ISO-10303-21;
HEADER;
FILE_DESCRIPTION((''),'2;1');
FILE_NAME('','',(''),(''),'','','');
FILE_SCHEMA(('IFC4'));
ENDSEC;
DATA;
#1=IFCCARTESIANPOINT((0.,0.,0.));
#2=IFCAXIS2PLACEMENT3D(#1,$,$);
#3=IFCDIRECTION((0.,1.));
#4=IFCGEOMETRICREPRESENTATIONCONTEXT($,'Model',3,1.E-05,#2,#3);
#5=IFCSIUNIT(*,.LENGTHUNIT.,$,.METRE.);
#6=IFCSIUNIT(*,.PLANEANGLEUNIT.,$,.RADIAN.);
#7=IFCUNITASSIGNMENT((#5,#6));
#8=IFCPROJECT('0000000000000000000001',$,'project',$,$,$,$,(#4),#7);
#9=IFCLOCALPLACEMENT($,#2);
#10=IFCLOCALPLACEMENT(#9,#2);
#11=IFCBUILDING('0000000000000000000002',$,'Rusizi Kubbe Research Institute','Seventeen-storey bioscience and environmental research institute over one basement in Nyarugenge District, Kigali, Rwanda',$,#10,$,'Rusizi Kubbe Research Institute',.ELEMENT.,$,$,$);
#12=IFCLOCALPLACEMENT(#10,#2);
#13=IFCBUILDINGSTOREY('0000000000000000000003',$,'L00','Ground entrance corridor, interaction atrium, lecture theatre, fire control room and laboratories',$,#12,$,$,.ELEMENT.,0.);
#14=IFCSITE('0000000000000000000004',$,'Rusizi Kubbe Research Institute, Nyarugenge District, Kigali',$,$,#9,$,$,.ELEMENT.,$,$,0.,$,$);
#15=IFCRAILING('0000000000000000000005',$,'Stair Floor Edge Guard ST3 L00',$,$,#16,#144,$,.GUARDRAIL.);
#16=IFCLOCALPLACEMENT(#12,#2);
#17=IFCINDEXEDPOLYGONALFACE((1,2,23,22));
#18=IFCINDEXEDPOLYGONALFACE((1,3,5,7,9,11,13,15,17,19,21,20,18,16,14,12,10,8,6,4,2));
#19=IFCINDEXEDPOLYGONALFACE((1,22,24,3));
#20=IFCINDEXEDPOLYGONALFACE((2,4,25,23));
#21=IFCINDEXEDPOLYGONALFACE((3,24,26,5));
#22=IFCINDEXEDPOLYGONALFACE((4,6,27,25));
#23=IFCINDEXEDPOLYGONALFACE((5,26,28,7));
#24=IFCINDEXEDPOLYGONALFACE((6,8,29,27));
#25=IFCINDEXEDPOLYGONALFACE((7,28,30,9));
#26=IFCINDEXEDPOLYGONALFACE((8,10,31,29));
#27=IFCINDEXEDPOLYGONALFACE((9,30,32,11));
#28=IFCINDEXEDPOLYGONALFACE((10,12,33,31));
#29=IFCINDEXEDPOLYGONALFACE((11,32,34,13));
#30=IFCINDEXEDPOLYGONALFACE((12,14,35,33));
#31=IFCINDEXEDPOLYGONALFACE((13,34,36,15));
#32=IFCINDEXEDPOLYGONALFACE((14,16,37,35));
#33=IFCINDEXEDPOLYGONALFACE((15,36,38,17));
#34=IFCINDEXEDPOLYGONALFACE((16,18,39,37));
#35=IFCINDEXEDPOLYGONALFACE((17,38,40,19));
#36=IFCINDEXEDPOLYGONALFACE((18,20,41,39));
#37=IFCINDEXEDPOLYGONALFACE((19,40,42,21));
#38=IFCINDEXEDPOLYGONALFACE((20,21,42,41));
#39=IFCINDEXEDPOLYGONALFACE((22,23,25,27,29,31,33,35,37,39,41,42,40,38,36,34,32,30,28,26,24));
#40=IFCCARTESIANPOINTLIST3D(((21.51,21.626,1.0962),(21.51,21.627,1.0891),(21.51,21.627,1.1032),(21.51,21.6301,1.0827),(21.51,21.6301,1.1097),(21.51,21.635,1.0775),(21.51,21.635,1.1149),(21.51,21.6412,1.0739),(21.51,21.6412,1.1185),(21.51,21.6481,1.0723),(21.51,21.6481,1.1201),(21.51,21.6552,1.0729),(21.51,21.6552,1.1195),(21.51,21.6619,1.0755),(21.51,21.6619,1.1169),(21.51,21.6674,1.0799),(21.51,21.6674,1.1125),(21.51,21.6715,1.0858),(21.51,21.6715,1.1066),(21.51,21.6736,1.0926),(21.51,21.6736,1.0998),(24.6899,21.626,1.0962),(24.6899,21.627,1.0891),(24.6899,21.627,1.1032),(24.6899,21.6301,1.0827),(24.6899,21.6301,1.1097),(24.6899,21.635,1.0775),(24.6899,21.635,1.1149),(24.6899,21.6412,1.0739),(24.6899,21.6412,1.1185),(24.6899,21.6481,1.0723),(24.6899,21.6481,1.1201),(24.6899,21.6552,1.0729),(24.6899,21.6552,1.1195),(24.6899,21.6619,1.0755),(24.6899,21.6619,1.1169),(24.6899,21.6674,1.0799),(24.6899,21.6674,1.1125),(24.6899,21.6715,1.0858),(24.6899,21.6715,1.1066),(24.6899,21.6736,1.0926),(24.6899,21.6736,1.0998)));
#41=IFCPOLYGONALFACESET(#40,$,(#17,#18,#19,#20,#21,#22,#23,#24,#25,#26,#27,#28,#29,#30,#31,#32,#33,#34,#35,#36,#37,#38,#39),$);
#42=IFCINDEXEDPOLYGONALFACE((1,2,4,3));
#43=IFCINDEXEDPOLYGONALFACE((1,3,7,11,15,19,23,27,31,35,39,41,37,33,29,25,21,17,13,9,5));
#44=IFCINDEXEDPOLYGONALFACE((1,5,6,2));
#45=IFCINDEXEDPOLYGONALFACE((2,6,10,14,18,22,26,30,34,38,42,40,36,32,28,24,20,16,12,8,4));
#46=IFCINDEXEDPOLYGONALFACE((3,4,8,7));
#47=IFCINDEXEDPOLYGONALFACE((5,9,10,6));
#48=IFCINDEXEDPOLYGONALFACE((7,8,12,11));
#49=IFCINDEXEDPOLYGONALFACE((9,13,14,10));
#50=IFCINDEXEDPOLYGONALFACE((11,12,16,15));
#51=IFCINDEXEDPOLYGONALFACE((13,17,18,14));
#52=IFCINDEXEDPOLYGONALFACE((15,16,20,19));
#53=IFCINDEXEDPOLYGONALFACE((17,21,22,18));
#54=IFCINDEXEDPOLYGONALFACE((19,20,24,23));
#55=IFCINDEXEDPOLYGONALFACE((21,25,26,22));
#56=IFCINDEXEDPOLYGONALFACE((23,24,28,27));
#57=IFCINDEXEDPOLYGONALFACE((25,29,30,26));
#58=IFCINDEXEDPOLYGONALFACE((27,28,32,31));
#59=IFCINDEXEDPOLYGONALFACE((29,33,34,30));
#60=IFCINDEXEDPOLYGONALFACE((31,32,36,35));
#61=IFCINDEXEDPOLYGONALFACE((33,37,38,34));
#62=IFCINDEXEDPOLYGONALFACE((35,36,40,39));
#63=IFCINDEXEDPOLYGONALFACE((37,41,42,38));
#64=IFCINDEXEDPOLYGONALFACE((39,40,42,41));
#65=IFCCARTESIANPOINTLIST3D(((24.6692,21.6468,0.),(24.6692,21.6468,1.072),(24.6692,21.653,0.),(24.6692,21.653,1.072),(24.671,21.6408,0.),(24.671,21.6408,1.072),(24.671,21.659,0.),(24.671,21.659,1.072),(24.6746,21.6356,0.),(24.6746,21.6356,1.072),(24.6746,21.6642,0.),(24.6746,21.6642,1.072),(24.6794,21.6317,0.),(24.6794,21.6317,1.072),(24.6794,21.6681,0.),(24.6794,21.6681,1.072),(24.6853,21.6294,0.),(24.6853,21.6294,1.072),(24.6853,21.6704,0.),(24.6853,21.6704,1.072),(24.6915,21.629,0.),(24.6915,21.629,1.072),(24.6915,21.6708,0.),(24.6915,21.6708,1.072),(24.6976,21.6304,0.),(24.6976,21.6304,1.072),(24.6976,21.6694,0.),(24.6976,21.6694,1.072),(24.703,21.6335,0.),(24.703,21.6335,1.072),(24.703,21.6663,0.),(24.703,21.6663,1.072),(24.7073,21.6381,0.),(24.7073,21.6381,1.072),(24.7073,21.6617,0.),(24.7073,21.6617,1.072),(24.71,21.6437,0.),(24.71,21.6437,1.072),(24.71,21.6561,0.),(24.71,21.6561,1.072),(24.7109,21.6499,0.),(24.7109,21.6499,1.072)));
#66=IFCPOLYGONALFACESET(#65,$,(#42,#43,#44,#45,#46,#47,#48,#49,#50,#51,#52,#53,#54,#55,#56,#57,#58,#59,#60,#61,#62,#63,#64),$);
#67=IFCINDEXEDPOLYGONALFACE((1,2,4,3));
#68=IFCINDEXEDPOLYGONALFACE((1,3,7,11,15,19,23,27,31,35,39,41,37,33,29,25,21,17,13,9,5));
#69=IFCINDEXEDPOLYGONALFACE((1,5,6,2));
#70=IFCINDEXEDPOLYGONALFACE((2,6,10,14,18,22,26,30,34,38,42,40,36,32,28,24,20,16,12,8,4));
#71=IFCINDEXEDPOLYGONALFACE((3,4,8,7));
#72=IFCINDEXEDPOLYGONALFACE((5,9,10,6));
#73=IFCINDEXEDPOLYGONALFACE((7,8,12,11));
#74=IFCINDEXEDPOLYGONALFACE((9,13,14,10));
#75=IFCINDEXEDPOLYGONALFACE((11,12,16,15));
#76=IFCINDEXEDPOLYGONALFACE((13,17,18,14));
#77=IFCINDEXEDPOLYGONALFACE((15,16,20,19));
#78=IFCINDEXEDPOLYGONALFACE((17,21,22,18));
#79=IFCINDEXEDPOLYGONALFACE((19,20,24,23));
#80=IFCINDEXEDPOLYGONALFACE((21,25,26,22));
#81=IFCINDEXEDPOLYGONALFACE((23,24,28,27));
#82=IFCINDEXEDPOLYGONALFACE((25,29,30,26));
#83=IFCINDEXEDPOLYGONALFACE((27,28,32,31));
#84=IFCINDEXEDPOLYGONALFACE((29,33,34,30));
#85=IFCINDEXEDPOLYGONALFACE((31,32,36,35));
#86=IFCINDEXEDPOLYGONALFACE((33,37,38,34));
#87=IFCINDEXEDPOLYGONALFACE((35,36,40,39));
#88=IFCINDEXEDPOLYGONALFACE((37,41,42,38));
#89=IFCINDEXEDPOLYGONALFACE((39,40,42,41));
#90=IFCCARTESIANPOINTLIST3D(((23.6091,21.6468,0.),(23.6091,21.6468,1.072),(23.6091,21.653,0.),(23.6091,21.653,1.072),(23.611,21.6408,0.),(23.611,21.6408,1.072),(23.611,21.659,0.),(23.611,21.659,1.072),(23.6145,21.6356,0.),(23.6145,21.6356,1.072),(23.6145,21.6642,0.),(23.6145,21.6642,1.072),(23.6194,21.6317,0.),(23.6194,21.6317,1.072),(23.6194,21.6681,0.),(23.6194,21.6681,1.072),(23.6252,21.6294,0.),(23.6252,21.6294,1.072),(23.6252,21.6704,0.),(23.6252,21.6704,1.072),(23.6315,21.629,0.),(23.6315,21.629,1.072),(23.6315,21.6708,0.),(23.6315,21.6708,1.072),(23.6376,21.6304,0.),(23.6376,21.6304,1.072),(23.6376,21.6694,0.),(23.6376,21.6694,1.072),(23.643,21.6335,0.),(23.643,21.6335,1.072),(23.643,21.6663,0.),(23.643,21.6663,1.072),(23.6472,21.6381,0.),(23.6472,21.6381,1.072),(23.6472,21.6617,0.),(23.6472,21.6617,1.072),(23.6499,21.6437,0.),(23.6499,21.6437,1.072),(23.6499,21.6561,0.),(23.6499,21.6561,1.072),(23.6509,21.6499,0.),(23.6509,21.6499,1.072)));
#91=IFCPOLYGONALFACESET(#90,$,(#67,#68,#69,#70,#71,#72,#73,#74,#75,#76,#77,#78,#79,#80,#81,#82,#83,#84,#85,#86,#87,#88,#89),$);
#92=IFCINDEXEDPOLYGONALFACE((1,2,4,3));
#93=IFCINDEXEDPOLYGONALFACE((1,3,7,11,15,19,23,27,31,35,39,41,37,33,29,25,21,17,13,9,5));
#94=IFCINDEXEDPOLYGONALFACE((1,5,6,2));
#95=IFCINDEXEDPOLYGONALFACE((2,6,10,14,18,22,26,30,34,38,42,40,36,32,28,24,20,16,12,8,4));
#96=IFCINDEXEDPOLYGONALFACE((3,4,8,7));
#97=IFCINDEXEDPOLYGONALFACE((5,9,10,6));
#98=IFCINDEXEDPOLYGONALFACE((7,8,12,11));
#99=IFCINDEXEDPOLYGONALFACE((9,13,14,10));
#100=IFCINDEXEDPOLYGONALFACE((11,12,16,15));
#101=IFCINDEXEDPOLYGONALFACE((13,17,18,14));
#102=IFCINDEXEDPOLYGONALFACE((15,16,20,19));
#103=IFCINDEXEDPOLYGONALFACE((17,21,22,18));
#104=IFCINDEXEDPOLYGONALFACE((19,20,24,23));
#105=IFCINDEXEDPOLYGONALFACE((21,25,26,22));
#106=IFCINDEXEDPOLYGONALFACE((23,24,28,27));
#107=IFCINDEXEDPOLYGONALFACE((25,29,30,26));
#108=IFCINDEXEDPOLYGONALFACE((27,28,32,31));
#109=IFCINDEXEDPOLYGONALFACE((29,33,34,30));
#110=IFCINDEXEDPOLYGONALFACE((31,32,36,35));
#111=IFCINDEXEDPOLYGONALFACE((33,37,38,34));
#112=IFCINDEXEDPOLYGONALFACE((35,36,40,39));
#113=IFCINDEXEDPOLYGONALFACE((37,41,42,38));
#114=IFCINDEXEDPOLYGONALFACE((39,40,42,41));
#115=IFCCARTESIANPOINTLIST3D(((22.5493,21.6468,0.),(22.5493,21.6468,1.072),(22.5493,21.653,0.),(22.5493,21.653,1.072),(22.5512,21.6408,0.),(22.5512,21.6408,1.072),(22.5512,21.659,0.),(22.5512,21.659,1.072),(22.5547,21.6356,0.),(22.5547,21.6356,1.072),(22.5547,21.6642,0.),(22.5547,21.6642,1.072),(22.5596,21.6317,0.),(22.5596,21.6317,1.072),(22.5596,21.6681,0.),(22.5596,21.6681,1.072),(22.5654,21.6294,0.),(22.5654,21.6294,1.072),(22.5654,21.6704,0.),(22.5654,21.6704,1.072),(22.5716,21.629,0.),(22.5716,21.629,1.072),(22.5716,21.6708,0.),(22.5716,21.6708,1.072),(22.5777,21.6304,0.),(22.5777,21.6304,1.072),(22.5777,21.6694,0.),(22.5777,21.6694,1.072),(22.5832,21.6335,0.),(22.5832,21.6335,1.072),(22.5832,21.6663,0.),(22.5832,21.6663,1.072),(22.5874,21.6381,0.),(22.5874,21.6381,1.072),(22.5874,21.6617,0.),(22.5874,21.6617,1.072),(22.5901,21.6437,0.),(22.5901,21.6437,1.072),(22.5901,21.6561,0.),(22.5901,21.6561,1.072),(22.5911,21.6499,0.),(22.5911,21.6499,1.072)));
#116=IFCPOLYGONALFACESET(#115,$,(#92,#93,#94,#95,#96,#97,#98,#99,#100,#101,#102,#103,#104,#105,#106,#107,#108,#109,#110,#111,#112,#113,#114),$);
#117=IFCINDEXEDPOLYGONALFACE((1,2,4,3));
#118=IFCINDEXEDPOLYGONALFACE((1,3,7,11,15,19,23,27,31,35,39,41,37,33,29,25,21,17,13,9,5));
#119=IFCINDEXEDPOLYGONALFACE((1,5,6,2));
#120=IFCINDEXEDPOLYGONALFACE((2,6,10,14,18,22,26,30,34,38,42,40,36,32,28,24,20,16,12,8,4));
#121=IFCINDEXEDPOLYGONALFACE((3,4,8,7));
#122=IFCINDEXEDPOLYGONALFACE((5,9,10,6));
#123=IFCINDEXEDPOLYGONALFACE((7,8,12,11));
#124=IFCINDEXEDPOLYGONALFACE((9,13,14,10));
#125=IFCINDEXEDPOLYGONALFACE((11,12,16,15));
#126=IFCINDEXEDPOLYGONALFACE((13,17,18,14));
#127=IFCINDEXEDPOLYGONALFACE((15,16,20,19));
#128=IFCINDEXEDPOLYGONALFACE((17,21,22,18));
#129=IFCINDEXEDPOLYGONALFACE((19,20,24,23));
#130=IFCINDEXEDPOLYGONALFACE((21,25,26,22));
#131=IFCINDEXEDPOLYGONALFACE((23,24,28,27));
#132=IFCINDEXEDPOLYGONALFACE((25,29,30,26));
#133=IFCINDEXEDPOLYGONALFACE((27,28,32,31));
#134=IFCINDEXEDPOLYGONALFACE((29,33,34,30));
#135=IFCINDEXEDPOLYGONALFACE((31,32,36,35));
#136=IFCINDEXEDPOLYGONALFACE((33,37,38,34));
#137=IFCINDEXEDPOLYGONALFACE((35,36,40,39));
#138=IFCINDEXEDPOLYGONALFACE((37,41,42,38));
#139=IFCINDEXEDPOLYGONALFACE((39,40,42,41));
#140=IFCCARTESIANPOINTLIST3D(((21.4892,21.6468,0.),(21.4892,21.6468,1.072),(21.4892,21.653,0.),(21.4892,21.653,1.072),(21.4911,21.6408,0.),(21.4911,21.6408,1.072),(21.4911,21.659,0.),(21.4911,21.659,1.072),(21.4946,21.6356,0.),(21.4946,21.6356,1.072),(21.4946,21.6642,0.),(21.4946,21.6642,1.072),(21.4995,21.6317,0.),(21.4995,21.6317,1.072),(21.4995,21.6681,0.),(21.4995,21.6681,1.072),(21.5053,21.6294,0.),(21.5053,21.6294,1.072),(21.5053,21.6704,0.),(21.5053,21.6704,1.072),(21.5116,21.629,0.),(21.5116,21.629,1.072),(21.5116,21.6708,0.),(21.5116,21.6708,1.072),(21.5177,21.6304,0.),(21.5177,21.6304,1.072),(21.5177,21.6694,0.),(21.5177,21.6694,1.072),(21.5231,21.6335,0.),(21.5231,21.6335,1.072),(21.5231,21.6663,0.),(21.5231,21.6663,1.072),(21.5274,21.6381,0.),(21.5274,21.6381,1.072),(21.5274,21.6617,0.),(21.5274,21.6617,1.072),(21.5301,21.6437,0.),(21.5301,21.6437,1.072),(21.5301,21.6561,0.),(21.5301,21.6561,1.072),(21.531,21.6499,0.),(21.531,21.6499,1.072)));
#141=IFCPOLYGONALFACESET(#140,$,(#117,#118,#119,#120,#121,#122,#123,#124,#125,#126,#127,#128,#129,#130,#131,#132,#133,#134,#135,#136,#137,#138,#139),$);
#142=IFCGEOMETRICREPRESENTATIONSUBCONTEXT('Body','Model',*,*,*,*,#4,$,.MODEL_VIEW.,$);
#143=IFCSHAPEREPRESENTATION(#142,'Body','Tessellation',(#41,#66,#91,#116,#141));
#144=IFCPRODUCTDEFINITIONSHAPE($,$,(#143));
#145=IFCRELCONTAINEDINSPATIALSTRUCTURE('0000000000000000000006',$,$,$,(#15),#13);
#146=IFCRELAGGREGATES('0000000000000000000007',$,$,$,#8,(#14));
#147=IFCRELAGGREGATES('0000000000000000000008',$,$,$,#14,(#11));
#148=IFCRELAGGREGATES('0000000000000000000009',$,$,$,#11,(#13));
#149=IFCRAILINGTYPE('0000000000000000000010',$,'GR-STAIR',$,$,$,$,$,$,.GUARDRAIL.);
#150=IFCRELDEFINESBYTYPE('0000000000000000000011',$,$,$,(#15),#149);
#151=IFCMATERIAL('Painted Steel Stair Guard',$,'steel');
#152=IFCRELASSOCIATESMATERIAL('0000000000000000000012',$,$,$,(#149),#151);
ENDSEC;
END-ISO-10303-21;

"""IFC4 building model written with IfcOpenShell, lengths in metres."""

from ifc_helpers import new_model, si_unit, direction, frame, origin, origin_2d, place, context, subcontext, project, spatial, circle, extrude, material, type_object, element, save


model = new_model("IFC4")

# Units and contexts
model_context = context("Model", 3, precision=1e-05, world=origin(), true_north=direction((0.0, 1.0)))
body_context = subcontext(model_context, "Body", "Model", "MODEL_VIEW")
ifc_project = project(units=[si_unit("LENGTHUNIT", "METRE"), si_unit("PLANEANGLEUNIT", "RADIAN")], contexts=[model_context])

# Site, building, storey
site_placement = place(None, origin())
site = spatial("IfcSite", under=ifc_project, at=site_placement, Name="Rusizi Kubbe Research Institute, Nyarugenge District, Kigali", CompositionType="ELEMENT", RefElevation=0.0)
building_placement = place(site_placement, origin())
building = spatial("IfcBuilding", under=site, at=building_placement, Name="Rusizi Kubbe Research Institute", Description="Seventeen-storey bioscience and environmental research institute over one basement in Nyarugenge District, Kigali, Rwanda", LongName="Rusizi Kubbe Research Institute", CompositionType="ELEMENT")
storey_placement = place(building_placement, origin())
storey = spatial("IfcBuildingStorey", under=building, at=storey_placement, Name="L00", Description="Ground entrance corridor, interaction atrium, lecture theatre, fire control room and laboratories", CompositionType="ELEMENT", Elevation=0.0)

# Railing
ifc_material_1 = material(Name="Painted Steel Stair Guard", Category="steel")
railing_type_1 = type_object("IfcRailingType", Name="GR-STAIR", PredefinedType="GUARDRAIL", material=ifc_material_1)
railing_1_placement = place(storey_placement, frame((24.6899, 21.6499, 0.0)))
element("IfcRailing", 1, at=railing_1_placement, inside=storey, type_object=railing_type_1, Name="Stair Floor Edge Guard ST3 L00", PredefinedType="GUARDRAIL", context=body_context, shape_type="SweptSolid", body=[
    extrude(circle(Radius=0.0239, at=origin_2d()), frame((0.0, 0.0, 1.0962), z_axis=(-1.0, 0.0, 0.0), x_axis=(0.0, -1.0, 0.0)), (0.0, 0.0, 1.0), 3.1799),
    extrude(circle(Radius=0.021, at=origin_2d()), origin(), (0.0, 0.0, 1.0), 1.072),
    extrude(circle(Radius=0.021, at=origin_2d()), frame((-1.0601, 0.0, 0.0)), (0.0, 0.0, 1.0), 1.072),
    extrude(circle(Radius=0.021, at=origin_2d()), frame((-2.1199, 0.0, 0.0)), (0.0, 0.0, 1.0), 1.072),
    extrude(circle(Radius=0.021, at=origin_2d()), frame((-3.1799, 0.0, 0.0)), (0.0, 0.0, 1.0), 1.072),
])

save(model, "model.ifc")
